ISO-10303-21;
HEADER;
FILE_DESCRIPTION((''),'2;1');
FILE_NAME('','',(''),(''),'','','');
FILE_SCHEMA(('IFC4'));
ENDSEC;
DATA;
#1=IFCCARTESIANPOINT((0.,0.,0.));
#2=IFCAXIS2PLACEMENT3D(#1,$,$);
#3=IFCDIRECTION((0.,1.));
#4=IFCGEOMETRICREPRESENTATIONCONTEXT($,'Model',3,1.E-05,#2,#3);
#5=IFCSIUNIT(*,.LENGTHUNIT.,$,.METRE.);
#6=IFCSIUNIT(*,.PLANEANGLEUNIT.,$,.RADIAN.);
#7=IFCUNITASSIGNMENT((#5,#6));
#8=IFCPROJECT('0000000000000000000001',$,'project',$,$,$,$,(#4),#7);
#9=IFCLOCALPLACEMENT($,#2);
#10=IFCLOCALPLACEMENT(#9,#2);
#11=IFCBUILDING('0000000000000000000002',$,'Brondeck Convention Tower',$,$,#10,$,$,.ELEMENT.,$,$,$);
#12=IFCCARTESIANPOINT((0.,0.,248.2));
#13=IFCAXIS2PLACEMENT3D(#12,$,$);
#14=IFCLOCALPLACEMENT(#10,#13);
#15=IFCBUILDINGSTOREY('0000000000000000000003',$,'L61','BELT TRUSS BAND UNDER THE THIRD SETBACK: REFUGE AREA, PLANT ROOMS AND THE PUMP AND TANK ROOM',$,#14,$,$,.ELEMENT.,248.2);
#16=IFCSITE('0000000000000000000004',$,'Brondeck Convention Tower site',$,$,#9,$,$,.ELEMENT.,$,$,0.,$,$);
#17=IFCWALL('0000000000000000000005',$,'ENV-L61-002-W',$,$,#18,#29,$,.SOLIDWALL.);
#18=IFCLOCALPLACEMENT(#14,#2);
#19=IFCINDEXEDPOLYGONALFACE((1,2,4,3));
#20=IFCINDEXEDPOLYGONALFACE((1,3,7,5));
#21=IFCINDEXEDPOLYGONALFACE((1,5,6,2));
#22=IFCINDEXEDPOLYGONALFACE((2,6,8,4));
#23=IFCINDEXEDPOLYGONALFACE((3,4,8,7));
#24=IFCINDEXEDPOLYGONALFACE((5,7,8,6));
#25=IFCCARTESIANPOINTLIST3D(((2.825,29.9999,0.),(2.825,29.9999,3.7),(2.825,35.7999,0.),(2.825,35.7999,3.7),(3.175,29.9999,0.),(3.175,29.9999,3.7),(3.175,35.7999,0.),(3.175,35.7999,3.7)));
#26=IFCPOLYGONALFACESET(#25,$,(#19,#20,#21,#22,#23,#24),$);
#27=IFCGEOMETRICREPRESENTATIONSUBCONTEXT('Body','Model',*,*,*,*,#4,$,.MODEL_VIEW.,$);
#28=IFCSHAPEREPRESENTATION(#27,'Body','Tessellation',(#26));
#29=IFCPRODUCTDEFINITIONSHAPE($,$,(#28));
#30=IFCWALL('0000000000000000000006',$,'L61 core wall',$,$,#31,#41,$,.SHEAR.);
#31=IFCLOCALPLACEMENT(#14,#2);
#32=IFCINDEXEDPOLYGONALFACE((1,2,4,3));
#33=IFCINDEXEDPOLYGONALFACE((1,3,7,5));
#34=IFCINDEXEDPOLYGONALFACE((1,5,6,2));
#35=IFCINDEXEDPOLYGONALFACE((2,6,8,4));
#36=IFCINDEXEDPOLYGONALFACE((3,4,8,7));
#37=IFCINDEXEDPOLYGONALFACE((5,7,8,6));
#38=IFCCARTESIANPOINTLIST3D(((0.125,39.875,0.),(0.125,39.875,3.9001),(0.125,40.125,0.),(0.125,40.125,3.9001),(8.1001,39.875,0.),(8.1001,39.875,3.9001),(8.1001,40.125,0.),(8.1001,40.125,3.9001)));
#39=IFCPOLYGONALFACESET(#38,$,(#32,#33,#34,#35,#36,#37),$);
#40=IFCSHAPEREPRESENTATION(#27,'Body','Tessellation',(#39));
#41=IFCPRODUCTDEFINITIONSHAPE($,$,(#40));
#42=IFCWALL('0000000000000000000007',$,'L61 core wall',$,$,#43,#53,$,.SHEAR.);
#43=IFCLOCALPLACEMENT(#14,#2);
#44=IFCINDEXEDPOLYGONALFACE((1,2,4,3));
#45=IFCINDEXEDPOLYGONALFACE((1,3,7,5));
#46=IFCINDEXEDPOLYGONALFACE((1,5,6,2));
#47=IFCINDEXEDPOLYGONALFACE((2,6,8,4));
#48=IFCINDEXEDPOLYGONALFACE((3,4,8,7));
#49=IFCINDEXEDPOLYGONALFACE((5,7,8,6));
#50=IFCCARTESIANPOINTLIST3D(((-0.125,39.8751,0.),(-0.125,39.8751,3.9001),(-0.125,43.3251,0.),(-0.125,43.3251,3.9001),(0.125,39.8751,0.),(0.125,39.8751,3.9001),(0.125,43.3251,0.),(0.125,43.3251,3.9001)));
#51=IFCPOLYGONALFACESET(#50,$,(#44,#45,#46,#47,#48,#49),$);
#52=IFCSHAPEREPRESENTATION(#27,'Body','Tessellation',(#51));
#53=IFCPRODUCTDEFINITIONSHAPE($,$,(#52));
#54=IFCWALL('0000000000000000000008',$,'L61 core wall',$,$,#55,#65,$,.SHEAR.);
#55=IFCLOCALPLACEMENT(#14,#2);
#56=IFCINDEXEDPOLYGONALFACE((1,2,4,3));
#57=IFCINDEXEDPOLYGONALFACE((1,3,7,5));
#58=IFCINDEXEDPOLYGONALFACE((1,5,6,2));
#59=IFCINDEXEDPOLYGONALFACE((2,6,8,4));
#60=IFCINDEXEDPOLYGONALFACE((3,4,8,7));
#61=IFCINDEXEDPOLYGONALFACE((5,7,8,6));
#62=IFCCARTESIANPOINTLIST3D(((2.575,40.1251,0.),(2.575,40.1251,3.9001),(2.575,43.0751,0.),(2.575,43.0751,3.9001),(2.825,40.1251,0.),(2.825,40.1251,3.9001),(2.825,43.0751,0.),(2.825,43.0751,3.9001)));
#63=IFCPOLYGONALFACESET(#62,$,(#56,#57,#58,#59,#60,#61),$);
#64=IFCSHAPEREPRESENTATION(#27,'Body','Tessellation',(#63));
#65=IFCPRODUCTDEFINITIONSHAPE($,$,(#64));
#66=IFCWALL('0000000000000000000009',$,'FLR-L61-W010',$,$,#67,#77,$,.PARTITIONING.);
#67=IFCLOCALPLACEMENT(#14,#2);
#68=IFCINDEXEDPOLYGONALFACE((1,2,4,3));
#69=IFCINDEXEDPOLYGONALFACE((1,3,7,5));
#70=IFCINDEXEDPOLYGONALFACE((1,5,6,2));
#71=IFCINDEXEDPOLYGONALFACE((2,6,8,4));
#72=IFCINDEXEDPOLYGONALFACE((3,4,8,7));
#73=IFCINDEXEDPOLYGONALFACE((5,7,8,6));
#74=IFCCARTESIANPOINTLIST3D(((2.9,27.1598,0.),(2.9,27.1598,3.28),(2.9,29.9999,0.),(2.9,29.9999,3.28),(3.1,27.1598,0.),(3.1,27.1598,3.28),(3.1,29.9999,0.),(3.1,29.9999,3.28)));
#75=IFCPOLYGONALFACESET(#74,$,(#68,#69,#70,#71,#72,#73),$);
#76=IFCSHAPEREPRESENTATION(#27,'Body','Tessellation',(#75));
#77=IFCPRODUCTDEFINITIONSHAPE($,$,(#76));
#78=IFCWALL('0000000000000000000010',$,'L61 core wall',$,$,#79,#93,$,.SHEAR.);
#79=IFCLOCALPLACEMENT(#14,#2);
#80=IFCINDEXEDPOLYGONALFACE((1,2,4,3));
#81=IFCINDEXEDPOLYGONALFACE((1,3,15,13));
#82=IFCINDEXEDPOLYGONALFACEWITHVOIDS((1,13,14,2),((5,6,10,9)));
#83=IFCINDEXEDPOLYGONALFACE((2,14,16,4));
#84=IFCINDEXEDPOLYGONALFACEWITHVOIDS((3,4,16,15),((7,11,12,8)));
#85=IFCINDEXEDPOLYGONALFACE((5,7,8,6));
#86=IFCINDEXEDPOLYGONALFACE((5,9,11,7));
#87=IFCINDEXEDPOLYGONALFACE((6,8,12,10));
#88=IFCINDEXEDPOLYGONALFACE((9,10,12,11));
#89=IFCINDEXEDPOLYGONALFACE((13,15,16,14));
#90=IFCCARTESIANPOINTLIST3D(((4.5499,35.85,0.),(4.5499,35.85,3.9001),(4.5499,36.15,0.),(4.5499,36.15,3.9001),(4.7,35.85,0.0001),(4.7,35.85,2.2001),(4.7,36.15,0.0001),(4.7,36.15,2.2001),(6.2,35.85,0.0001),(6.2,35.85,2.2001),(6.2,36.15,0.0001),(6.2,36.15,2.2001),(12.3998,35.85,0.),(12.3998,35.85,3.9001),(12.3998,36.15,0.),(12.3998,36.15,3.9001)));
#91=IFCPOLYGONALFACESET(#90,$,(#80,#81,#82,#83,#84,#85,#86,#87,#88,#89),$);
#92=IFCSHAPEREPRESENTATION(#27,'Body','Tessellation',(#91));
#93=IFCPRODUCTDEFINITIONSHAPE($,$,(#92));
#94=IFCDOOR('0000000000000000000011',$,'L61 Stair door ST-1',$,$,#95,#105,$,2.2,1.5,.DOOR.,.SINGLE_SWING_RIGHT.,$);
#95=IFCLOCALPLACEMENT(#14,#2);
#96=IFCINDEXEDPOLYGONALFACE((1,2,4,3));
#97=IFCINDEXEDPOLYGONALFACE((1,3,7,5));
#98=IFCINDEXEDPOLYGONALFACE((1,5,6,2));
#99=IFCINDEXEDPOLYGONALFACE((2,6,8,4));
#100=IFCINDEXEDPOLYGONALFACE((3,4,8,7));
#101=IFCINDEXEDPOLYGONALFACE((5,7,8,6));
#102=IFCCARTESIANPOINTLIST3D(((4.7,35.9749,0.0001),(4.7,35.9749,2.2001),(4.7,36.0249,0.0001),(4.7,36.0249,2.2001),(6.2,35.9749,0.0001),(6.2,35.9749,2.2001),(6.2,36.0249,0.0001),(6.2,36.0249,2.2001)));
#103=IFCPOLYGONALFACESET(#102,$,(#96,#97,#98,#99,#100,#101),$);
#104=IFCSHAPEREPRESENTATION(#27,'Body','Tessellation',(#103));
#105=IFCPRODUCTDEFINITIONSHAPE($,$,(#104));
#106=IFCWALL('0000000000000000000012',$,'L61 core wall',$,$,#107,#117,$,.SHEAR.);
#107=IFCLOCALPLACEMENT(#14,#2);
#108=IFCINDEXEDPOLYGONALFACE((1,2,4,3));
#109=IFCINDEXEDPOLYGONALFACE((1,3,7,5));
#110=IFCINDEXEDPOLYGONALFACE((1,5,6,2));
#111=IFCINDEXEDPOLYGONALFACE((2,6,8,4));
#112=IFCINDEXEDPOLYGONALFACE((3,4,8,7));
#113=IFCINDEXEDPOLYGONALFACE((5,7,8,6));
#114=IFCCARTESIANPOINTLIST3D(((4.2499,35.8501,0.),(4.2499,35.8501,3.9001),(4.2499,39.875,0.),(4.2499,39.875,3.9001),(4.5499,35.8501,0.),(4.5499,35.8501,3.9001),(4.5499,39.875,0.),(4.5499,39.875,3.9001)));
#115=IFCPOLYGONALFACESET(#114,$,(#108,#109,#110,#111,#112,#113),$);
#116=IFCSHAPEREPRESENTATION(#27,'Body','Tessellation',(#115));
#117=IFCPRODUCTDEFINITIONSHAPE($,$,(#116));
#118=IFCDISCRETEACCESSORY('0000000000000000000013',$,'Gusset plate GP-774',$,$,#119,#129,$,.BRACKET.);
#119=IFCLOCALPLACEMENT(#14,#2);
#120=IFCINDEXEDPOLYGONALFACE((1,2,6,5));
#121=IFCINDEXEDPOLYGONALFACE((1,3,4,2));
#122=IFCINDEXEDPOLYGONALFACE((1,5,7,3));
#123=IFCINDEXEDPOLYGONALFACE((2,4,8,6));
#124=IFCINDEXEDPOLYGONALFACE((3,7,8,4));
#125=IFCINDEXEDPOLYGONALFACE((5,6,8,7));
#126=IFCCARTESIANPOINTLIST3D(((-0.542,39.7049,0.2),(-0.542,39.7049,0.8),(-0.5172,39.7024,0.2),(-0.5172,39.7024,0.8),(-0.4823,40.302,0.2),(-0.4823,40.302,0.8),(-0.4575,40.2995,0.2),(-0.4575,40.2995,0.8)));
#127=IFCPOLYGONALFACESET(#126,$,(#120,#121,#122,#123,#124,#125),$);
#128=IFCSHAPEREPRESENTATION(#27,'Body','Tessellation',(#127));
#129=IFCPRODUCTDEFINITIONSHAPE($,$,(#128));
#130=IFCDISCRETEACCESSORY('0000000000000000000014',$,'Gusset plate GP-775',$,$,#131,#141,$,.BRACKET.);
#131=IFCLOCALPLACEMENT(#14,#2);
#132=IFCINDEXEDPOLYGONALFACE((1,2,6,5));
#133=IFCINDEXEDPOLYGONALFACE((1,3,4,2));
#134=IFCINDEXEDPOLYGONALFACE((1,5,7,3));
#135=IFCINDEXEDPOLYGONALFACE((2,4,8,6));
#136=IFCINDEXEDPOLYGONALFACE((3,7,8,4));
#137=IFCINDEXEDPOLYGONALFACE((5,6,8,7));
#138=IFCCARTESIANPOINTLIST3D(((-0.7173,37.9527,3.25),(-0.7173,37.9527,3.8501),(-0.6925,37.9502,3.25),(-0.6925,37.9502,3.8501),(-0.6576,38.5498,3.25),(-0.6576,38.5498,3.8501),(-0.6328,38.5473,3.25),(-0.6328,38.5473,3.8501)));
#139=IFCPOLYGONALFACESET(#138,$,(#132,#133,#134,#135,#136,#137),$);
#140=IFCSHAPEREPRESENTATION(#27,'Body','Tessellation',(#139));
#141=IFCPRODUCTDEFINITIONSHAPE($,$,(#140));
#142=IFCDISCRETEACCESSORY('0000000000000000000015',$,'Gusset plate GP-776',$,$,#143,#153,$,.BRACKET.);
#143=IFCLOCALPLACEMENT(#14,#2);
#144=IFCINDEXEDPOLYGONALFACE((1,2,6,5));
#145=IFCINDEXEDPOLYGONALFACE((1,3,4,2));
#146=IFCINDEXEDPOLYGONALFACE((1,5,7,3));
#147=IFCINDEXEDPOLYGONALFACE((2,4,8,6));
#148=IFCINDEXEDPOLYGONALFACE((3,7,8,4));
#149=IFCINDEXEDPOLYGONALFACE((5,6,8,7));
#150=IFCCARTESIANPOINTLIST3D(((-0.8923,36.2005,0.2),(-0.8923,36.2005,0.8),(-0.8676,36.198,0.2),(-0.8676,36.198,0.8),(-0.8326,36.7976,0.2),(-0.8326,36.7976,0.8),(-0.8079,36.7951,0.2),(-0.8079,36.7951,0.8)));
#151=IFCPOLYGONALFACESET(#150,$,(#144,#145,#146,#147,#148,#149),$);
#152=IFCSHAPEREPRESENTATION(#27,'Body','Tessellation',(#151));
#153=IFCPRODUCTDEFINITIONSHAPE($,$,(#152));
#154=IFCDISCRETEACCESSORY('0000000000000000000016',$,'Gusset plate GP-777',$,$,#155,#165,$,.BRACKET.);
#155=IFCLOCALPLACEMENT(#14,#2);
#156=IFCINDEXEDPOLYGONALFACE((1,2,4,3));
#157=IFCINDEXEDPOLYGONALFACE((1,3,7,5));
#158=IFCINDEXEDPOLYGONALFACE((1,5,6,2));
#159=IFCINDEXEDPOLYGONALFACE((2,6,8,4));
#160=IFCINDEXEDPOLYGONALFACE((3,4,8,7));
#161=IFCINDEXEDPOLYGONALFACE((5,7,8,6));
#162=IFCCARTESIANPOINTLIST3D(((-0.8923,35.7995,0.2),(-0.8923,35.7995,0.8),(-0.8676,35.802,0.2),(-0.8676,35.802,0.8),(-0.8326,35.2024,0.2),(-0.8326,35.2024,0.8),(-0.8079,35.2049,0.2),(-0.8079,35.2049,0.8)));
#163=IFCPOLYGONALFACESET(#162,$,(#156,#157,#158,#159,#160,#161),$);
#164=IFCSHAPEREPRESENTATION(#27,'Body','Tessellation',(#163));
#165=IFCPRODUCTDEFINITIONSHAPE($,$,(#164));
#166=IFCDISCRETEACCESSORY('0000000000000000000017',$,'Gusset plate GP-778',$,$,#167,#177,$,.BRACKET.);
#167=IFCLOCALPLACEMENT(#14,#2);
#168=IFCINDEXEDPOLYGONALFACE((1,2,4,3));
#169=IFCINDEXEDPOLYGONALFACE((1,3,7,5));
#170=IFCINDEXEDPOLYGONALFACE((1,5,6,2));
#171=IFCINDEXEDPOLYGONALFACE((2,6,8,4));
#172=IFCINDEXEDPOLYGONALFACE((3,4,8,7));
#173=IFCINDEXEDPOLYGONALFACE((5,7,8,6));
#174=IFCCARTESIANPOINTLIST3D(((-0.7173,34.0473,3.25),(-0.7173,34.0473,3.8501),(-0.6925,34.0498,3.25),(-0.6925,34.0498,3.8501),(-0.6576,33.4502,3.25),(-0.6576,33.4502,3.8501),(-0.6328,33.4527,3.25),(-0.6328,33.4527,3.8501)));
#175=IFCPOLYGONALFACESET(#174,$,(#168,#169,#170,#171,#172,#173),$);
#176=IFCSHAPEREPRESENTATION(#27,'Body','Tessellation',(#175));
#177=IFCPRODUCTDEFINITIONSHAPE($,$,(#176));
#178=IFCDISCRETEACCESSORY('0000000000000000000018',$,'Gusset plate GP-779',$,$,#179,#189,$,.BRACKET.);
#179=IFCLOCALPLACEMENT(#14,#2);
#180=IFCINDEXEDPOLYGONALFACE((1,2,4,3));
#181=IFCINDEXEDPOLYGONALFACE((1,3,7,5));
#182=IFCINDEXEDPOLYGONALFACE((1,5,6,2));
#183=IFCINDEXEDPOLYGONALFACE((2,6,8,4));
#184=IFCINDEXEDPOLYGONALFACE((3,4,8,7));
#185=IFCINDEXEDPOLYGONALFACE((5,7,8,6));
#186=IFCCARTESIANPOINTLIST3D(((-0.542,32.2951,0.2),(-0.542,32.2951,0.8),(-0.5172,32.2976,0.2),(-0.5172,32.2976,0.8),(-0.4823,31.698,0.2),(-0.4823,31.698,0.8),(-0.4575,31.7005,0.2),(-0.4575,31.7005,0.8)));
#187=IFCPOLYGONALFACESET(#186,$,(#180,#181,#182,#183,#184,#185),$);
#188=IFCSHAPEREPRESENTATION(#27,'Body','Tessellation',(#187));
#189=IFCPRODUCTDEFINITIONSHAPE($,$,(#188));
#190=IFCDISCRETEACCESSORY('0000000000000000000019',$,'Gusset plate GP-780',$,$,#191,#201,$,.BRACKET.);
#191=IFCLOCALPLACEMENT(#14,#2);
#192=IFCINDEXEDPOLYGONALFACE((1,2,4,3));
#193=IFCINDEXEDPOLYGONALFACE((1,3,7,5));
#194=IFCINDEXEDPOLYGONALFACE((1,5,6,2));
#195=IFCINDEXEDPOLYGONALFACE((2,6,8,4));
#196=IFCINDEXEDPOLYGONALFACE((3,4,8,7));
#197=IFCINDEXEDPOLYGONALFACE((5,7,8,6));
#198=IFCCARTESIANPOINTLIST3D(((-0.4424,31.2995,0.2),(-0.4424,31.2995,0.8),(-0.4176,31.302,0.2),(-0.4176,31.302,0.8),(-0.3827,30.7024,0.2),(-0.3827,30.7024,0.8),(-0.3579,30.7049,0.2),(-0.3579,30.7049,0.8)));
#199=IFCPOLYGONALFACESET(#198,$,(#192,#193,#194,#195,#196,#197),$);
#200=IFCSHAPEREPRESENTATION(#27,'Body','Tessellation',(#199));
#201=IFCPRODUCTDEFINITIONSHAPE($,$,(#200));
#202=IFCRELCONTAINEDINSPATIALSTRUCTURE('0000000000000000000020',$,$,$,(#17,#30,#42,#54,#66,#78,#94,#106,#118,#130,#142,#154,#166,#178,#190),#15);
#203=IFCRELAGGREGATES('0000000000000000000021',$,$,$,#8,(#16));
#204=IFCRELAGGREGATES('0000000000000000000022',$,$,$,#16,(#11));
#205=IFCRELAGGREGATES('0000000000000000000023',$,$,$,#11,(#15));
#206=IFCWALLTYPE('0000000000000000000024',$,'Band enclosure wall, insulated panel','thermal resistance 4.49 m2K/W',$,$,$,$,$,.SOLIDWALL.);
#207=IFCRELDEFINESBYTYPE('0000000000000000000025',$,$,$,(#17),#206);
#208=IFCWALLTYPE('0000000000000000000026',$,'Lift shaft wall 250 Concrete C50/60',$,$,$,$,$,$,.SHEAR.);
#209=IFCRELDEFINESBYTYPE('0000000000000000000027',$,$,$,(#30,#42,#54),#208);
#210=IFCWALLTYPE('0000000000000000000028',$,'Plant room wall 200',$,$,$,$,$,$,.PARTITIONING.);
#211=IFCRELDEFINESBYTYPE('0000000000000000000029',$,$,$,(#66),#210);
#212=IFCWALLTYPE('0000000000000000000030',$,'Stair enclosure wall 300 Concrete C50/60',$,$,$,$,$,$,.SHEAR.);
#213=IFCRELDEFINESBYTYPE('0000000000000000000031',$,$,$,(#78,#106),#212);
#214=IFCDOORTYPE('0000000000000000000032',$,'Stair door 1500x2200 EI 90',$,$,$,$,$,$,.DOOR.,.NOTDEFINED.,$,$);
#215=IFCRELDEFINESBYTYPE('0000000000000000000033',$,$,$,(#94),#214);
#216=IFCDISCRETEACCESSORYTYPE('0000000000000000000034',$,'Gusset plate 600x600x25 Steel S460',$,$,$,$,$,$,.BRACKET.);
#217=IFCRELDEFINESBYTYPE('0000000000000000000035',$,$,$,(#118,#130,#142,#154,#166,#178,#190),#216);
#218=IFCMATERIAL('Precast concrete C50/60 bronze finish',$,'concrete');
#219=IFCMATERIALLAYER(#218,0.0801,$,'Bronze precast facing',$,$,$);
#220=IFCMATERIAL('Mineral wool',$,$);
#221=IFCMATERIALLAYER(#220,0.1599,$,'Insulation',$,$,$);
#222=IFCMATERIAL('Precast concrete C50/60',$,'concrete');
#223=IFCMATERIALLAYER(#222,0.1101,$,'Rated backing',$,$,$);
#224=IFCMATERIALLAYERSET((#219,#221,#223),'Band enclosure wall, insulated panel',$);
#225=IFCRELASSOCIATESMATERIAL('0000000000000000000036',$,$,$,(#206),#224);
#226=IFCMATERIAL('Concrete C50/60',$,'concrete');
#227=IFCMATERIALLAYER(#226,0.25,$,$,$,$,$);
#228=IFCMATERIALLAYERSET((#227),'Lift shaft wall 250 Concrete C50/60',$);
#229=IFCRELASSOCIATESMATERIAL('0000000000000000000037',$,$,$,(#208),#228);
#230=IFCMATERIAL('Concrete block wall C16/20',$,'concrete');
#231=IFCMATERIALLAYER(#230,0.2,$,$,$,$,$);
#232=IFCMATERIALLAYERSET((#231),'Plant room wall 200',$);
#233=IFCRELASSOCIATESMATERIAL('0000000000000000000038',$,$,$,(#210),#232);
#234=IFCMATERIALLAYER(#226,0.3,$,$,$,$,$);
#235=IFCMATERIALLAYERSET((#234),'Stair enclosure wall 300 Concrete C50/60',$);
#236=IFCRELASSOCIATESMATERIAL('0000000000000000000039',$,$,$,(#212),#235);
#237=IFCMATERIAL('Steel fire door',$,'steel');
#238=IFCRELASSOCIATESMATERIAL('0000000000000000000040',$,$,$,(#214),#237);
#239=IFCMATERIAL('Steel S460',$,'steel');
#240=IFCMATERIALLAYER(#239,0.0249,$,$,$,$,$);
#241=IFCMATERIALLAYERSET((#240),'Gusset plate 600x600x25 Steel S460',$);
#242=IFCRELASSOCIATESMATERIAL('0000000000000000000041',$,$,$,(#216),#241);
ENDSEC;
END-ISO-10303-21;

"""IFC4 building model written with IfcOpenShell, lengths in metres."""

from ifc_helpers import new_model, si_unit, direction, frame, frame_2d, origin, origin_2d, place, context, subcontext, project, spatial, rectangle, extrude, material, layer, layer_set, type_object, element, fill, save


model = new_model("IFC4")

# Units and contexts
model_context = context("Model", 3, precision=1e-05, world=origin(), true_north=direction((0.0, 1.0)))
body_context = subcontext(model_context, "Body", "Model", "MODEL_VIEW")
ifc_project = project(units=[si_unit("LENGTHUNIT", "METRE"), si_unit("PLANEANGLEUNIT", "RADIAN")], contexts=[model_context])

# Site, building, storey
site_placement = place(None, origin())
site = spatial("IfcSite", under=ifc_project, at=site_placement, Name="Brondeck Convention Tower site", CompositionType="ELEMENT", RefElevation=0.0)
building_placement = place(site_placement, origin())
building = spatial("IfcBuilding", under=site, at=building_placement, Name="Brondeck Convention Tower", CompositionType="ELEMENT")
storey_placement = place(building_placement, frame((0.0, 0.0, 248.2)))
storey = spatial("IfcBuildingStorey", under=building, at=storey_placement, Name="L61", Description="BELT TRUSS BAND UNDER THE THIRD SETBACK: REFUGE AREA, PLANT ROOMS AND THE PUMP AND TANK ROOM", CompositionType="ELEMENT", Elevation=248.2)

# Shared definitions
ifc_material_1 = material(Name="Concrete C50/60", Category="concrete")

# Shared definitions
ifc_material_2 = material(Name="Steel S460", Category="steel")

# Walls
ifc_material_3 = material(Name="Precast concrete C50/60 bronze finish", Category="concrete")
ifc_layer_1 = layer(ifc_material_3, 0.0801, Name="Bronze precast facing")
ifc_material_4 = material(Name="Mineral wool")
ifc_layer_2 = layer(ifc_material_4, 0.1599, Name="Insulation")
ifc_material_5 = material(Name="Precast concrete C50/60", Category="concrete")
ifc_layer_3 = layer(ifc_material_5, 0.1101, Name="Rated backing")
ifc_layer_set_1 = layer_set([ifc_layer_1, ifc_layer_2, ifc_layer_3], Name="Band enclosure wall, insulated panel")
wall_type_1 = type_object("IfcWallType", Name="Band enclosure wall, insulated panel", Description="thermal resistance 4.49 m2K/W", PredefinedType="SOLIDWALL", material=ifc_layer_set_1)
wall_1_placement = place(storey_placement, frame((3.0, 30.0, 0.0), z_axis=(0.0, 0.0, 1.0), x_axis=(0.0, 1.0, 0.0)))
element("IfcWall", 1, at=wall_1_placement, inside=storey, type_object=wall_type_1, Name="ENV-L61-002-W", PredefinedType="SOLIDWALL", context=body_context, shape_type="SweptSolid", body=[
    extrude(rectangle(XDim=5.8, YDim=0.3501, at=frame_2d((2.8999, 0.0))), origin(), (0.0, 0.0, 1.0), 3.7),
])
ifc_layer_4 = layer(ifc_material_1, 0.25)
ifc_layer_set_2 = layer_set([ifc_layer_4], Name="Lift shaft wall 250 Concrete C50/60")
wall_type_2 = type_object("IfcWallType", Name="Lift shaft wall 250 Concrete C50/60", PredefinedType="SHEAR", material=ifc_layer_set_2)
wall_2_placement = place(storey_placement, frame((0.125, 40.0, 0.0), z_axis=(0.0, 0.0, 1.0), x_axis=(1.0, 0.0, 0.0)))
element("IfcWall", 2, at=wall_2_placement, inside=storey, type_object=wall_type_2, Name="L61 core wall", PredefinedType="SHEAR", context=body_context, shape_type="SweptSolid", body=[
    extrude(rectangle(XDim=7.9751, YDim=0.25, at=frame_2d((3.9875, 0.0))), origin(), (0.0, 0.0, 1.0), 3.9001),
])
wall_3_placement = place(storey_placement, frame((0.0, 39.875, 0.0), z_axis=(0.0, 0.0, 1.0), x_axis=(0.0, 1.0, 0.0)))
element("IfcWall", 3, at=wall_3_placement, inside=storey, type_object=wall_type_2, Name="L61 core wall", PredefinedType="SHEAR", context=body_context, shape_type="SweptSolid", body=[
    extrude(rectangle(XDim=3.45, YDim=0.25, at=frame_2d((1.7251, 0.0))), origin(), (0.0, 0.0, 1.0), 3.9001),
])
wall_4_placement = place(storey_placement, frame((2.7, 40.125, 0.0), z_axis=(0.0, 0.0, 1.0), x_axis=(0.0, 1.0, 0.0)))
element("IfcWall", 4, at=wall_4_placement, inside=storey, type_object=wall_type_2, Name="L61 core wall", PredefinedType="SHEAR", context=body_context, shape_type="SweptSolid", body=[
    extrude(rectangle(XDim=2.95, YDim=0.25, at=frame_2d((1.4751, 0.0))), origin(), (0.0, 0.0, 1.0), 3.9001),
])
ifc_material_6 = material(Name="Concrete block wall C16/20", Category="concrete")
ifc_layer_5 = layer(ifc_material_6, 0.2)
ifc_layer_set_3 = layer_set([ifc_layer_5], Name="Plant room wall 200")
wall_type_3 = type_object("IfcWallType", Name="Plant room wall 200", PredefinedType="PARTITIONING", material=ifc_layer_set_3)
wall_5_placement = place(storey_placement, frame((3.0, 27.1599, 0.0), z_axis=(0.0, 0.0, 1.0), x_axis=(0.0, 1.0, 0.0)))
element("IfcWall", 5, at=wall_5_placement, inside=storey, type_object=wall_type_3, Name="FLR-L61-W010", PredefinedType="PARTITIONING", context=body_context, shape_type="SweptSolid", body=[
    extrude(rectangle(XDim=2.8401, YDim=0.2, at=frame_2d((1.4199, 0.0))), origin(), (0.0, 0.0, 1.0), 3.28),
])

# Wall, opening, door
ifc_layer_6 = layer(ifc_material_1, 0.3)
ifc_layer_set_4 = layer_set([ifc_layer_6], Name="Stair enclosure wall 300 Concrete C50/60")
wall_type_4 = type_object("IfcWallType", Name="Stair enclosure wall 300 Concrete C50/60", PredefinedType="SHEAR", material=ifc_layer_set_4)
wall_6_placement = place(storey_placement, frame((4.55, 36.0, 0.0), z_axis=(0.0, 0.0, 1.0), x_axis=(1.0, 0.0, 0.0)))
wall_6 = element("IfcWall", 6, at=wall_6_placement, inside=storey, type_object=wall_type_4, Name="L61 core wall", PredefinedType="SHEAR", context=body_context, shape_type="SweptSolid", body=[
    extrude(rectangle(XDim=7.8499, YDim=0.3, at=frame_2d((3.9248, 0.0))), origin(), (0.0, 0.0, 1.0), 3.9001),
])
opening_placement = place(wall_6_placement, frame((0.1499, 0.0, 0.0)))
opening = element("IfcOpeningElement", 7, at=opening_placement, cuts=wall_6, PredefinedType="OPENING", context=body_context, shape_type="SweptSolid", body=[
    extrude(rectangle(XDim=1.5, YDim=2.2, at=frame_2d((0.75, 1.1001))), frame((0.0, 0.1599, 0.0), z_axis=(0.0, -1.0, 0.0), x_axis=(1.0, 0.0, 0.0)), (0.0, 0.0, 1.0), 0.3201),
])
ifc_material_7 = material(Name="Steel fire door", Category="steel")
door_type = type_object("IfcDoorType", Name="Stair door 1500x2200 EI 90", OperationType="NOTDEFINED", PredefinedType="DOOR", material=ifc_material_7)
door_placement = place(opening_placement, origin())
door = element("IfcDoor", 8, at=door_placement, inside=storey, type_object=door_type, Name="L61 Stair door ST-1", OperationType="SINGLE_SWING_RIGHT", OverallHeight=2.2, OverallWidth=1.5, PredefinedType="DOOR", context=body_context, shape_type="SweptSolid", body=[
    extrude(rectangle(XDim=1.5, YDim=2.2, at=frame_2d((0.75, 1.1001))), frame((0.0, 0.0249, 0.0), z_axis=(0.0, -1.0, 0.0), x_axis=(1.0, 0.0, 0.0)), (0.0, 0.0, 1.0), 0.05),
])
fill(opening, door)

# Wall
wall_7_placement = place(storey_placement, frame((4.3999, 35.8501, 0.0), z_axis=(0.0, 0.0, 1.0), x_axis=(0.0, 1.0, 0.0)))
element("IfcWall", 9, at=wall_7_placement, inside=storey, type_object=wall_type_4, Name="L61 core wall", PredefinedType="SHEAR", context=body_context, shape_type="SweptSolid", body=[
    extrude(rectangle(XDim=4.0249, YDim=0.3, at=frame_2d((2.0125, 0.0))), origin(), (0.0, 0.0, 1.0), 3.9001),
])

# Discrete accessories
ifc_layer_7 = layer(ifc_material_2, 0.0249)
ifc_layer_set_5 = layer_set([ifc_layer_7], Name="Gusset plate 600x600x25 Steel S460")
discrete_accessory_type = type_object("IfcDiscreteAccessoryType", Name="Gusset plate 600x600x25 Steel S460", PredefinedType="BRACKET", material=ifc_layer_set_5)
for number, where, z_axis, x_axis, name in (
    (10, (-0.4998, 40.0022, 0.2), (0.0, 0.0, 1.0), (0.099511, 0.995036, 0.0), "Gusset plate GP-774"),
    (11, (-0.675, 38.25, 3.25), (0.0, 0.0, 1.0), (0.099511, 0.995036, 0.0), "Gusset plate GP-775"),
    (12, (-0.8501, 36.4978, 0.2), (0.0, 0.0, 1.0), (0.099511, 0.995036, 0.0), "Gusset plate GP-776"),
    (13, (-0.8501, 35.5022, 0.2), (0.0, 0.0, 1.0), (-0.099511, 0.995036, 0.0), "Gusset plate GP-777"),
    (14, (-0.675, 33.75, 3.25), (0.0, 0.0, 1.0), (-0.099511, 0.995036, 0.0), "Gusset plate GP-778"),
    (15, (-0.4998, 31.9978, 0.2), (0.0, 0.0, 1.0), (-0.099511, 0.995036, 0.0), "Gusset plate GP-779"),
    (16, (-0.4001, 31.0022, 0.2), (0.0, 0.0, 1.0), (-0.099511, 0.995036, 0.0), "Gusset plate GP-780"),
):
    element("IfcDiscreteAccessory", number, at=place(storey_placement, frame(where, z_axis=z_axis, x_axis=x_axis)), inside=storey, type_object=discrete_accessory_type, Name=name, PredefinedType="BRACKET", context=body_context, shape_type="SweptSolid", body=[
        extrude(rectangle(XDim=0.6001, YDim=0.0249, at=origin_2d()), origin(), (0.0, 0.0, 1.0), 0.6001),
    ])

save(model, "model.ifc")
